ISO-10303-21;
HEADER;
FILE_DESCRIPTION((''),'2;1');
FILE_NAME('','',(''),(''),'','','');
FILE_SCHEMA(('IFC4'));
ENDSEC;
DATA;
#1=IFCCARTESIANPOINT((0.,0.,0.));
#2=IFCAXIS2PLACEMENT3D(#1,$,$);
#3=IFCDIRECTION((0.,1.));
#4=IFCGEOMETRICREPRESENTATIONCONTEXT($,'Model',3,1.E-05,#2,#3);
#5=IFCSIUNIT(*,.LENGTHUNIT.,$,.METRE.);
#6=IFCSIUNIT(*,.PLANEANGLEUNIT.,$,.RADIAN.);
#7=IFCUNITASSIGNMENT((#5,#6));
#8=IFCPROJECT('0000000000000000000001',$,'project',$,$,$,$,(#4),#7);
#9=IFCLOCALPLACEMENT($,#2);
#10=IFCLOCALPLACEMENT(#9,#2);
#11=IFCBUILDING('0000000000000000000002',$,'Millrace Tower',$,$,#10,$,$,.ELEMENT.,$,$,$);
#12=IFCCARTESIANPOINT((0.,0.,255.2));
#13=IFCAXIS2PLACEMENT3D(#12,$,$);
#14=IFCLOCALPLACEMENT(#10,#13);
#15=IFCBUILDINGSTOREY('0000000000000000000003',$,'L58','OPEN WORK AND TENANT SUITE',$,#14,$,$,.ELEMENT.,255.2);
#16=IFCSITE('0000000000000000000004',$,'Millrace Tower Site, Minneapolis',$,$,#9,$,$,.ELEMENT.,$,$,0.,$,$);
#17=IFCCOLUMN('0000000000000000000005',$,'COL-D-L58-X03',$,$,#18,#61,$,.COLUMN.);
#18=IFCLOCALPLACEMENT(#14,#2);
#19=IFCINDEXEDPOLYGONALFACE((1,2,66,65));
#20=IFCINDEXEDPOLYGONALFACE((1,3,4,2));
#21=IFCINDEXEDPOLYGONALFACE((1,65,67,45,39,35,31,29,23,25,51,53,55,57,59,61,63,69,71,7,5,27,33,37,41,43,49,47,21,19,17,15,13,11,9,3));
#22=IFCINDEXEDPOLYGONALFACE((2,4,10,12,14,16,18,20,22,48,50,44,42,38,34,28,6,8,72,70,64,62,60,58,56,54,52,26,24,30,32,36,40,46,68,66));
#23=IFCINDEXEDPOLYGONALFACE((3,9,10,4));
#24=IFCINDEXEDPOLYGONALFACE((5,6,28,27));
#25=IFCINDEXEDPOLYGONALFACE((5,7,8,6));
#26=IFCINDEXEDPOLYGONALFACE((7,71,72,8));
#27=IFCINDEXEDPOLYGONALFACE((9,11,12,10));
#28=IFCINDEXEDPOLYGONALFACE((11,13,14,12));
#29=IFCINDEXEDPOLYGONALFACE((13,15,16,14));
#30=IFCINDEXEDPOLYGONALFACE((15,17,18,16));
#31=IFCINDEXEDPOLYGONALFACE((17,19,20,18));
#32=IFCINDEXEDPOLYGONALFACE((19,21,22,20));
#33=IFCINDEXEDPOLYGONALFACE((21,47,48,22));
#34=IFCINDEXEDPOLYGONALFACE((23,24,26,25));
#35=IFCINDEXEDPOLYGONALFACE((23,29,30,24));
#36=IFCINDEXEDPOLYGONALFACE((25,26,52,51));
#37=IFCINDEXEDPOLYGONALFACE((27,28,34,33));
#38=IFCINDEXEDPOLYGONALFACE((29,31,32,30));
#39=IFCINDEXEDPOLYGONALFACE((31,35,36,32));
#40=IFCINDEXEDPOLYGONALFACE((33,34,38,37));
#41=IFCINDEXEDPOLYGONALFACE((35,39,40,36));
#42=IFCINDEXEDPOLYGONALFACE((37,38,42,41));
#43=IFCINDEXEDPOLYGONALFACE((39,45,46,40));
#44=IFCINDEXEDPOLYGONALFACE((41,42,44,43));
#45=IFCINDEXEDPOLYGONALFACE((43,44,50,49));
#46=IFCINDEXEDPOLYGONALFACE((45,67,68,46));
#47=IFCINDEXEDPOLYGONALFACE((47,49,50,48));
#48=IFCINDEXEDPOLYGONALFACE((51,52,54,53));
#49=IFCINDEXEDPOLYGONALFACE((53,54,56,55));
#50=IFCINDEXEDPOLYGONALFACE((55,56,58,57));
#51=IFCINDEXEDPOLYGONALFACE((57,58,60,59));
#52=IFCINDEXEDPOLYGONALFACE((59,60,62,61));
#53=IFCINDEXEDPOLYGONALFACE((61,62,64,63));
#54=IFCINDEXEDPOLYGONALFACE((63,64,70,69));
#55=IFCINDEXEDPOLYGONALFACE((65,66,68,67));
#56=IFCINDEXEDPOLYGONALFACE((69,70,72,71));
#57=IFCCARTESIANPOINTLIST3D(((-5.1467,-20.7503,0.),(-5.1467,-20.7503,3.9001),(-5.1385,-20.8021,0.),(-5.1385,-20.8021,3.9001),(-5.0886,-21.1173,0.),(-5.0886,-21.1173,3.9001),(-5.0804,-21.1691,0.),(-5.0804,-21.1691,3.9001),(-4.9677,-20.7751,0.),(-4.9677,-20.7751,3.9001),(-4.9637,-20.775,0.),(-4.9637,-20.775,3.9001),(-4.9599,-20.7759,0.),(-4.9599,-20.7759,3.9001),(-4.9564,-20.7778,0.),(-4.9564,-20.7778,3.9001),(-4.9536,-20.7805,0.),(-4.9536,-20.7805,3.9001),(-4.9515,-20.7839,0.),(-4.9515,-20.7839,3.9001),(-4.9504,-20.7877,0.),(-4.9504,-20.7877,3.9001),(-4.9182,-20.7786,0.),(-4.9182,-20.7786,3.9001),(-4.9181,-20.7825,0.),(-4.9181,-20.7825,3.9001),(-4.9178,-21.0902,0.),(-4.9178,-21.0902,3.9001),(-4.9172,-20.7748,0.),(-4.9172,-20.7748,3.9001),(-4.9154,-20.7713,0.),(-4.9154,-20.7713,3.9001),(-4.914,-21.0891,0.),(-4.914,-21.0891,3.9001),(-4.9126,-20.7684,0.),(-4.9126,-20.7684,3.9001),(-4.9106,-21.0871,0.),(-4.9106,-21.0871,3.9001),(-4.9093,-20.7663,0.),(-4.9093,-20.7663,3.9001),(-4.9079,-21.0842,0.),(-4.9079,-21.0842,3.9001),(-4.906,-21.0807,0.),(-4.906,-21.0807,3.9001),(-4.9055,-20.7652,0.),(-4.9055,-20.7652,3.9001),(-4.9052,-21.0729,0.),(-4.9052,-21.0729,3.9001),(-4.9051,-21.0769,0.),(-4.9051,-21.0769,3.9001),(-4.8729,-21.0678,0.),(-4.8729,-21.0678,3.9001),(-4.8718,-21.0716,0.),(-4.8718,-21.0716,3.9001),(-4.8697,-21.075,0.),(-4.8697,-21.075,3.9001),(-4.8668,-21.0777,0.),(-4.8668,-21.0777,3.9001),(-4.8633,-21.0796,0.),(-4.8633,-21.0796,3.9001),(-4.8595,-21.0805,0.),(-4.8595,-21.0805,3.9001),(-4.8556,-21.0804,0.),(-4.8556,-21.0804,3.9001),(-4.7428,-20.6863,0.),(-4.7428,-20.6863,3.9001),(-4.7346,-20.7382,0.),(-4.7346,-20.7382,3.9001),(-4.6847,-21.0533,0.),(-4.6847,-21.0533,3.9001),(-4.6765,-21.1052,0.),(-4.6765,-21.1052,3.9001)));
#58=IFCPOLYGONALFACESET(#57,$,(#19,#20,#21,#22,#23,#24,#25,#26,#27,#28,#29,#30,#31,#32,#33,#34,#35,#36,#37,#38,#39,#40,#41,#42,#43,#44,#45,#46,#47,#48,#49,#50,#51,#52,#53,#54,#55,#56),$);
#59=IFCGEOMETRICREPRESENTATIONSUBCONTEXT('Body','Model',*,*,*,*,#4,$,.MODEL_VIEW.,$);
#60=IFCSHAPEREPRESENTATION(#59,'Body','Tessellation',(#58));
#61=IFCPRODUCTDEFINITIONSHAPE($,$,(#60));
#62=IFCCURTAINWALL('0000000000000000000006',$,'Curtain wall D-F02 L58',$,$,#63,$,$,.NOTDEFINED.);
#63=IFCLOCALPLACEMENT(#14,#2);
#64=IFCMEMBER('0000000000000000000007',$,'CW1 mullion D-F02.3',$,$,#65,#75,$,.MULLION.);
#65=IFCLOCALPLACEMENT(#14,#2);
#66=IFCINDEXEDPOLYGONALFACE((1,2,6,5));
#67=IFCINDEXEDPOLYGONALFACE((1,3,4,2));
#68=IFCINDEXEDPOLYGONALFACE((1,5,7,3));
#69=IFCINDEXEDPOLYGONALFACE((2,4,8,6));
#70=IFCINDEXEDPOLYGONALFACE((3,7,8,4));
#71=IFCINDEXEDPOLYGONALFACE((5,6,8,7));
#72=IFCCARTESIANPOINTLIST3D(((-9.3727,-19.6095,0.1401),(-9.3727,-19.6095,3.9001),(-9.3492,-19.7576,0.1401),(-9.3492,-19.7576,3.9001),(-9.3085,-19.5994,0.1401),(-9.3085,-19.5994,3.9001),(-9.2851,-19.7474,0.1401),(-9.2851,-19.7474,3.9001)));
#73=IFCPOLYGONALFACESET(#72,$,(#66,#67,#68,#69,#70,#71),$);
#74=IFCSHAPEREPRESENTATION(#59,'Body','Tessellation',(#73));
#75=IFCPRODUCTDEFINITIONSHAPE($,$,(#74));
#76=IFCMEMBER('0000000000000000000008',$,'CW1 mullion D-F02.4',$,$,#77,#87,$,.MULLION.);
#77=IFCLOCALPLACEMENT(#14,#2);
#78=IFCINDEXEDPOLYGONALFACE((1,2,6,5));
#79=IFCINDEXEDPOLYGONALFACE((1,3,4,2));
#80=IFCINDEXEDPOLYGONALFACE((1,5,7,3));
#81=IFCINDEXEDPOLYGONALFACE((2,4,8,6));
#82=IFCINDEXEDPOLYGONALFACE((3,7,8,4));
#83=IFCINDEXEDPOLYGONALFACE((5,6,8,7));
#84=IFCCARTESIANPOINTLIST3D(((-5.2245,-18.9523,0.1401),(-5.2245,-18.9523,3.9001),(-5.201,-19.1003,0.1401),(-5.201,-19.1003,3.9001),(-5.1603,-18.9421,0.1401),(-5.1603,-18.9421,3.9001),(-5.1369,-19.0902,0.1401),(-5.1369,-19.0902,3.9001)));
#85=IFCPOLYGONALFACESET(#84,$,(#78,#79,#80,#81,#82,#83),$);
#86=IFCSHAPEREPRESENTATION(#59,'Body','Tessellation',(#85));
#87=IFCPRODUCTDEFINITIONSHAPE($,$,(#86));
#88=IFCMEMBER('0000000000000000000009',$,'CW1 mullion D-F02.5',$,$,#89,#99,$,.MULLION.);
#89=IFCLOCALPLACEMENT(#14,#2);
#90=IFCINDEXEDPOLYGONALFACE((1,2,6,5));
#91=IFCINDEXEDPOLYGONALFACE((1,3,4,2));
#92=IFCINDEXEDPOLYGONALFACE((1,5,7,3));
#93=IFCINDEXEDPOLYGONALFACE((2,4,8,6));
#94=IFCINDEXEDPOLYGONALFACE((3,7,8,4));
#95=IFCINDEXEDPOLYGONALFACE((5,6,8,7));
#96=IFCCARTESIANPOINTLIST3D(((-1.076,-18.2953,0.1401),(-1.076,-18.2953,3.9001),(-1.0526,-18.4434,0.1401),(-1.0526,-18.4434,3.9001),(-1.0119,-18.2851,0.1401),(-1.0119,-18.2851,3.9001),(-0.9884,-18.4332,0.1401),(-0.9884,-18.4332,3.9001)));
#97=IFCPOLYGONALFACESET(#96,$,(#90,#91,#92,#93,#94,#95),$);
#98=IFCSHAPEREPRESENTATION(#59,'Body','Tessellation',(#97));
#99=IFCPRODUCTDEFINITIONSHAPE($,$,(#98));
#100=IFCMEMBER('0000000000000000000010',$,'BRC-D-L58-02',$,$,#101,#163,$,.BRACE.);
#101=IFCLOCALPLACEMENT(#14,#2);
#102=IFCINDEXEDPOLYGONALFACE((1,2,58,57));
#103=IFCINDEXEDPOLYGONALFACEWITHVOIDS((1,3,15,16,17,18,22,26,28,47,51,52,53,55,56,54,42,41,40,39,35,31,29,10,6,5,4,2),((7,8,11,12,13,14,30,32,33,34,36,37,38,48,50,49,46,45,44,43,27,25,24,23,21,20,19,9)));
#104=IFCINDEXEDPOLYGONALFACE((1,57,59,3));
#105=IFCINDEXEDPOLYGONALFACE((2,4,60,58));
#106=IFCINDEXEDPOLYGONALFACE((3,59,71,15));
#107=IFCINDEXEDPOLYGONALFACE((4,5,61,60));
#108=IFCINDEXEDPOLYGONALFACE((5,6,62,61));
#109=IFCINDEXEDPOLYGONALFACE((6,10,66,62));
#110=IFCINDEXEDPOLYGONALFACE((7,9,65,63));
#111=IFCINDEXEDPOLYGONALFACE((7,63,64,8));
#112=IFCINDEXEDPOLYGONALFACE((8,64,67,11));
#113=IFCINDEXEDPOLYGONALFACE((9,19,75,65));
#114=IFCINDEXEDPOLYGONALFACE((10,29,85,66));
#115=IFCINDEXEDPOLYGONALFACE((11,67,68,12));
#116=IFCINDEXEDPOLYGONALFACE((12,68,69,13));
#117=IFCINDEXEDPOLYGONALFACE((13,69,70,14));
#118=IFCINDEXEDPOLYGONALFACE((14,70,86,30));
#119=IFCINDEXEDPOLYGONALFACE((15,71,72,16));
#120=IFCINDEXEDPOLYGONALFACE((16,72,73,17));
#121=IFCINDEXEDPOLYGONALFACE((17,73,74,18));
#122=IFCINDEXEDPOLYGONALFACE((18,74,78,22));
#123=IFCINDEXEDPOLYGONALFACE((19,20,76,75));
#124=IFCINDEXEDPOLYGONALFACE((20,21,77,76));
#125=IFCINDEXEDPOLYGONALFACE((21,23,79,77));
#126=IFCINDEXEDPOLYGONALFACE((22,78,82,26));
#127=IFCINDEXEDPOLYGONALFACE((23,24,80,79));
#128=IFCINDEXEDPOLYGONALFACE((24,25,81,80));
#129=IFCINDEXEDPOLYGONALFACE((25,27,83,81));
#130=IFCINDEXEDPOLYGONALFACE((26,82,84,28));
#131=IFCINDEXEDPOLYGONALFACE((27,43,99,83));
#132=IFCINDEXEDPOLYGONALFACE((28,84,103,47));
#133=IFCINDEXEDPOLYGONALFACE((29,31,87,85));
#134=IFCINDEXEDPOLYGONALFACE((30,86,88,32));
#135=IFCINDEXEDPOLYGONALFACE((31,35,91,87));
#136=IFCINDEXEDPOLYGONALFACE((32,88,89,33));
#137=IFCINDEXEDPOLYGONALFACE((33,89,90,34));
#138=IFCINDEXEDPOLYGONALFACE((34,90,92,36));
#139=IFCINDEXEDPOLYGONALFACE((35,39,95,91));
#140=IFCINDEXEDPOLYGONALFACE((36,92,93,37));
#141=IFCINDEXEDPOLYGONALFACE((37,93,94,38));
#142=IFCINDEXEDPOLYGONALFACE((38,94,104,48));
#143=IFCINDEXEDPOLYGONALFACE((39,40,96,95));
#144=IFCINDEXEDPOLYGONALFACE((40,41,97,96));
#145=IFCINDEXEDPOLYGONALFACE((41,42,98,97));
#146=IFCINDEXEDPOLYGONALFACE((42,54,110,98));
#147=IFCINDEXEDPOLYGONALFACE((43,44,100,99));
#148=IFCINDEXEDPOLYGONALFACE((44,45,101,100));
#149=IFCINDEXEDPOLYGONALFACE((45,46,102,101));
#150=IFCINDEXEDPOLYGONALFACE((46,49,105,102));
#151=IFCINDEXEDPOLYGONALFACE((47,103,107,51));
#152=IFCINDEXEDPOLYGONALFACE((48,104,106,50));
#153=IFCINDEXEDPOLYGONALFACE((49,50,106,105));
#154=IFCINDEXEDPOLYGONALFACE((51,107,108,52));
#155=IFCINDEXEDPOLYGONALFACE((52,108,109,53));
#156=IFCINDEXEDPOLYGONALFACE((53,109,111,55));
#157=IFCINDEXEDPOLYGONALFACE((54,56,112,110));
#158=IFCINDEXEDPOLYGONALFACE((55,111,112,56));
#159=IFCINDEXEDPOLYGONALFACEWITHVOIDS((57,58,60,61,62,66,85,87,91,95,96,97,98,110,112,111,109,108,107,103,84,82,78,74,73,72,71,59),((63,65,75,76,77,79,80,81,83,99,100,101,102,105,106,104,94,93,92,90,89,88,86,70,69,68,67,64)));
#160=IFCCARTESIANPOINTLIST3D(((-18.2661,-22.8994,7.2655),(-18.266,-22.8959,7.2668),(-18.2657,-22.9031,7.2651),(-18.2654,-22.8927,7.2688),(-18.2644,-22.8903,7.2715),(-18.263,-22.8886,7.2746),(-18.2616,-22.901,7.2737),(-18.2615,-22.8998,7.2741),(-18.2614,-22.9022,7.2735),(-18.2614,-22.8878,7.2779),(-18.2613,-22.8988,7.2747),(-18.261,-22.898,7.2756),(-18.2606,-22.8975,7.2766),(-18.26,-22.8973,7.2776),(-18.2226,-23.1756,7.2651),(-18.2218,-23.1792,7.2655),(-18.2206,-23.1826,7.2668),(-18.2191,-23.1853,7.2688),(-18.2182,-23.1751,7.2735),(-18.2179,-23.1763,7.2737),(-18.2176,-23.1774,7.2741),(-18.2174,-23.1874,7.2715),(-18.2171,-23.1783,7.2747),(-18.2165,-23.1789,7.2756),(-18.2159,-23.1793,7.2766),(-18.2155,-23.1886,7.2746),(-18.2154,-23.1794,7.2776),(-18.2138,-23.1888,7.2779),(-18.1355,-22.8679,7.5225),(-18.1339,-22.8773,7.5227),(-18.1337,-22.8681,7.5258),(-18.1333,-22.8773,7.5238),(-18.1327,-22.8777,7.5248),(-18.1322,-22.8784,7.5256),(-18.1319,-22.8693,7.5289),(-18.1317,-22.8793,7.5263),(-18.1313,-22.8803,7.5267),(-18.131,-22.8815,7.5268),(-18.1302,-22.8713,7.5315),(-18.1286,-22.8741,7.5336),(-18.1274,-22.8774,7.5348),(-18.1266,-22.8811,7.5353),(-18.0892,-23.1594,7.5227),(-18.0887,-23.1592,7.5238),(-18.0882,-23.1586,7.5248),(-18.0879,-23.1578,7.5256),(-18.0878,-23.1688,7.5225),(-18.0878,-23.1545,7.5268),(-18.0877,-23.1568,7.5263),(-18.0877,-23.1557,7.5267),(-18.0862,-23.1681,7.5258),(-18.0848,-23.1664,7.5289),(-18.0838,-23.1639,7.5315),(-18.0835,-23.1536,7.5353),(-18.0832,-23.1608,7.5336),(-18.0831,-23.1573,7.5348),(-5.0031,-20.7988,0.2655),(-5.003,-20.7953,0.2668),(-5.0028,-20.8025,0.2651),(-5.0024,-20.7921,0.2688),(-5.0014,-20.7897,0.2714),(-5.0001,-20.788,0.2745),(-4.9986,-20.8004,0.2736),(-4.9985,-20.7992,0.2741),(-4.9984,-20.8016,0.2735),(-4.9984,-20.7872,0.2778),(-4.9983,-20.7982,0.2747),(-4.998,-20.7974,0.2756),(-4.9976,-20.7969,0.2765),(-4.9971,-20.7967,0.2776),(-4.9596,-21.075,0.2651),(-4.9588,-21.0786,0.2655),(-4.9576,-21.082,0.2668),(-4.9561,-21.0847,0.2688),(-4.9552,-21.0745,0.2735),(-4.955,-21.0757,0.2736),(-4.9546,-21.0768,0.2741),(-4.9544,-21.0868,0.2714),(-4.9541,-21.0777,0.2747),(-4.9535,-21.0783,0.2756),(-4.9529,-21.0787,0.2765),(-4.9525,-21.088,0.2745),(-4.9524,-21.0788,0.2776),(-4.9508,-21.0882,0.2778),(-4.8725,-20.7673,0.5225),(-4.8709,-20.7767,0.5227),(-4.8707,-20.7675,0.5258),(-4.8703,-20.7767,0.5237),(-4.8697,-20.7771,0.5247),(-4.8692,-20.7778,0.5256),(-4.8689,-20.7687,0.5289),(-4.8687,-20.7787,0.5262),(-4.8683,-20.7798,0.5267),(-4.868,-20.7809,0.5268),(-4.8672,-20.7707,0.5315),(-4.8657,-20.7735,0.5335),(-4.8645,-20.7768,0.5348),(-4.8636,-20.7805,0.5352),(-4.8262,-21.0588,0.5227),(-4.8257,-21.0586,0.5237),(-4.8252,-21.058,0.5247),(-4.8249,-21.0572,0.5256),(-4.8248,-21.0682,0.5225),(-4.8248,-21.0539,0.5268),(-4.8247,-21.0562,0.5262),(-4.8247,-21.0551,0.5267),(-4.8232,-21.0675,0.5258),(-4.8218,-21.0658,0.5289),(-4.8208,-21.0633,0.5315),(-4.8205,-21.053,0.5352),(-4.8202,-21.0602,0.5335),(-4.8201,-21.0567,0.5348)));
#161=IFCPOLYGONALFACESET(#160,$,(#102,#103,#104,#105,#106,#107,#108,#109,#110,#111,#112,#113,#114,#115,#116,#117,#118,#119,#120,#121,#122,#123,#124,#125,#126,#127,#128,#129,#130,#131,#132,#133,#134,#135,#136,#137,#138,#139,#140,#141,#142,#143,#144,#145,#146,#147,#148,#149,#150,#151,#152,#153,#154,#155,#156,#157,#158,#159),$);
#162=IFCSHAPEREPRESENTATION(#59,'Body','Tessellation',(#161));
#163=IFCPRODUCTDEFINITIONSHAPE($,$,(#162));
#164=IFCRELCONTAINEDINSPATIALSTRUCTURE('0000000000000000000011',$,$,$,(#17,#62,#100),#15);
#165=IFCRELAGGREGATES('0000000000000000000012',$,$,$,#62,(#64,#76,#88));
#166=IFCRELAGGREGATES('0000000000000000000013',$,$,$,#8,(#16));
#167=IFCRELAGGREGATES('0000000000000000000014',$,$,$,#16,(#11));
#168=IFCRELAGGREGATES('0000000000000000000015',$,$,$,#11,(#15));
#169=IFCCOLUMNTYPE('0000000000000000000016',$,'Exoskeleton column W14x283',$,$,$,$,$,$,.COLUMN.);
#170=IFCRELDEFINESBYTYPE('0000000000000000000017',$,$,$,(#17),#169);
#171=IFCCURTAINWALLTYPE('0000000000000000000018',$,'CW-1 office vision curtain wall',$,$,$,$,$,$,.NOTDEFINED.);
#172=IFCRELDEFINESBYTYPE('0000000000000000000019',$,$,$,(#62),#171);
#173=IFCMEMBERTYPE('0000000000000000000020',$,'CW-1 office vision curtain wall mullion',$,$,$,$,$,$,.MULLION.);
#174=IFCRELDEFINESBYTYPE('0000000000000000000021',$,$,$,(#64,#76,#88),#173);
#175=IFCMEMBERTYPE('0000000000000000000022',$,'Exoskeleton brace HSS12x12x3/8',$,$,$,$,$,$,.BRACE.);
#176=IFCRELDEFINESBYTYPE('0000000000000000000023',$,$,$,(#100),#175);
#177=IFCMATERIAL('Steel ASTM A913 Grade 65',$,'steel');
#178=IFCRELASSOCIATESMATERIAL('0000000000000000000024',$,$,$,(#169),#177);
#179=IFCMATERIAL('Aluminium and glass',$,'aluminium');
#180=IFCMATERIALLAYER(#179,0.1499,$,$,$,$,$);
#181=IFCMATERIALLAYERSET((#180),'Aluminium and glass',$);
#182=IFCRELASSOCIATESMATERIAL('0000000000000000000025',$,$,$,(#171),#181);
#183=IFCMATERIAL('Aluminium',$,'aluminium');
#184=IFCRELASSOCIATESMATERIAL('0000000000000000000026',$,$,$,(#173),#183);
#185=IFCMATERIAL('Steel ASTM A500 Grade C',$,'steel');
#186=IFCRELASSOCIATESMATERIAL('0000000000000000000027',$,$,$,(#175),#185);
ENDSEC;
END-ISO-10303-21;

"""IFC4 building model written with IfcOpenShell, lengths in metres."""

from ifc_helpers import new_model, si_unit, direction, frame, origin, origin_2d, place, context, subcontext, project, spatial, rectangle, hollow_rectangle, i_section, extrude, material, layer, layer_set, material_profile, profile_set, type_object, element, aggregate, save


model = new_model("IFC4")

# Units and contexts
model_context = context("Model", 3, precision=1e-05, world=origin(), true_north=direction((0.0, 1.0)))
body_context = subcontext(model_context, "Body", "Model", "MODEL_VIEW")
ifc_project = project(units=[si_unit("LENGTHUNIT", "METRE"), si_unit("PLANEANGLEUNIT", "RADIAN")], contexts=[model_context])

# Site, building, storey
site_placement = place(None, origin())
site = spatial("IfcSite", under=ifc_project, at=site_placement, Name="Millrace Tower Site, Minneapolis", CompositionType="ELEMENT", RefElevation=0.0)
building_placement = place(site_placement, origin())
building = spatial("IfcBuilding", under=site, at=building_placement, Name="Millrace Tower", CompositionType="ELEMENT")
storey_placement = place(building_placement, frame((0.0, 0.0, 255.2)))
storey = spatial("IfcBuildingStorey", under=building, at=storey_placement, Name="L58", Description="OPEN WORK AND TENANT SUITE", CompositionType="ELEMENT", Elevation=255.2)

# Column
ifc_material_1 = material(Name="Steel ASTM A913 Grade 65", Category="steel")
ifc_material_profile_1 = material_profile(ifc_material_1, i_section(OverallWidth=0.4089, OverallDepth=0.4241, WebThickness=0.0327, FlangeThickness=0.0525, FilletRadius=0.0151, at=origin_2d()))
ifc_profile_set_1 = profile_set([ifc_material_profile_1], Name="Steel ASTM A913 Grade 65")
column_type = type_object("IfcColumnType", Name="Exoskeleton column W14x283", PredefinedType="COLUMN", material=ifc_profile_set_1)
column_placement = place(storey_placement, frame((-4.9116, -20.9277, 0.0), z_axis=(0.0, 0.0, 1.0), x_axis=(0.987688, 0.156434, 0.0)))
element("IfcColumn", 1, at=column_placement, inside=storey, type_object=column_type, Name="COL-D-L58-X03", PredefinedType="COLUMN", context=body_context, shape_type="SweptSolid", body=[
    extrude(i_section(OverallWidth=0.4089, OverallDepth=0.4241, WebThickness=0.0327, FlangeThickness=0.0525, FilletRadius=0.0151, at=origin_2d()), origin(), (0.0, 0.0, 1.0), 3.9001),
])

# Curtain wall, members
ifc_material_2 = material(Name="Aluminium and glass", Category="aluminium")
ifc_layer_1 = layer(ifc_material_2, 0.1499)
ifc_layer_set_1 = layer_set([ifc_layer_1], Name="Aluminium and glass")
curtain_wall_type = type_object("IfcCurtainWallType", Name="CW-1 office vision curtain wall", PredefinedType="NOTDEFINED", material=ifc_layer_set_1)
curtain_wall_placement = place(storey_placement, origin())
curtain_wall = element("IfcCurtainWall", 2, at=curtain_wall_placement, inside=storey, type_object=curtain_wall_type, Name="Curtain wall D-F02 L58", PredefinedType="NOTDEFINED")
ifc_material_3 = material(Name="Aluminium", Category="aluminium")
ifc_material_profile_2 = material_profile(ifc_material_3, rectangle(XDim=0.0649, YDim=0.1499, at=origin_2d()))
ifc_profile_set_2 = profile_set([ifc_material_profile_2], Name="Aluminium")
member_type_1 = type_object("IfcMemberType", Name="CW-1 office vision curtain wall mullion", PredefinedType="MULLION", material=ifc_profile_set_2)
member_1_placement = place(storey_placement, frame((-9.3289, -19.6785, 0.1401), z_axis=(0.0, 0.0, 1.0), x_axis=(0.987688, 0.156434, 0.0)))
member_1 = element("IfcMember", 3, at=member_1_placement, type_object=member_type_1, Name="CW1 mullion D-F02.3", PredefinedType="MULLION", context=body_context, shape_type="SweptSolid", body=[
    extrude(rectangle(XDim=0.0649, YDim=0.1499, at=origin_2d()), origin(), (0.0, 0.0, 1.0), 3.76),
])
member_2_placement = place(storey_placement, frame((-5.1807, -19.0212, 0.1401), z_axis=(0.0, 0.0, 1.0), x_axis=(0.987688, 0.156434, 0.0)))
member_2 = element("IfcMember", 4, at=member_2_placement, type_object=member_type_1, Name="CW1 mullion D-F02.4", PredefinedType="MULLION", context=body_context, shape_type="SweptSolid", body=[
    extrude(rectangle(XDim=0.0649, YDim=0.1499, at=origin_2d()), origin(), (0.0, 0.0, 1.0), 3.76),
])
member_3_placement = place(storey_placement, frame((-1.0322, -18.3643, 0.1401), z_axis=(0.0, 0.0, 1.0), x_axis=(0.987688, 0.156434, 0.0)))
member_3 = element("IfcMember", 5, at=member_3_placement, type_object=member_type_1, Name="CW1 mullion D-F02.5", PredefinedType="MULLION", context=body_context, shape_type="SweptSolid", body=[
    extrude(rectangle(XDim=0.0649, YDim=0.1499, at=origin_2d()), origin(), (0.0, 0.0, 1.0), 3.76),
])
aggregate(curtain_wall, [member_1, member_2, member_3])

# Member
ifc_material_4 = material(Name="Steel ASTM A500 Grade C", Category="steel")
ifc_material_profile_3 = material_profile(ifc_material_4, hollow_rectangle(XDim=0.3047, YDim=0.3047, WallThickness=0.0095, InnerFilletRadius=0.0046, OuterFilletRadius=0.0144, at=origin_2d()))
ifc_profile_set_3 = profile_set([ifc_material_profile_3], Name="Steel ASTM A500 Grade C")
member_type_2 = type_object("IfcMemberType", Name="Exoskeleton brace HSS12x12x3/8", PredefinedType="BRACE", material=ifc_profile_set_3)
member_4_placement = place(storey_placement, frame((-4.9116, -20.9277, 0.4001), z_axis=(-0.875832, -0.138714, 0.462252), x_axis=(0.15643, -0.987689, 0.0)))
element("IfcMember", 6, at=member_4_placement, inside=storey, type_object=member_type_2, Name="BRC-D-L58-02", PredefinedType="BRACE", context=body_context, shape_type="SweptSolid", body=[
    extrude(hollow_rectangle(XDim=0.3047, YDim=0.3047, WallThickness=0.0095, InnerFilletRadius=0.0046, OuterFilletRadius=0.0144, at=origin_2d()), origin(), (0.0, 0.0, 1.0), 15.1433),
])

save(model, "model.ifc")
